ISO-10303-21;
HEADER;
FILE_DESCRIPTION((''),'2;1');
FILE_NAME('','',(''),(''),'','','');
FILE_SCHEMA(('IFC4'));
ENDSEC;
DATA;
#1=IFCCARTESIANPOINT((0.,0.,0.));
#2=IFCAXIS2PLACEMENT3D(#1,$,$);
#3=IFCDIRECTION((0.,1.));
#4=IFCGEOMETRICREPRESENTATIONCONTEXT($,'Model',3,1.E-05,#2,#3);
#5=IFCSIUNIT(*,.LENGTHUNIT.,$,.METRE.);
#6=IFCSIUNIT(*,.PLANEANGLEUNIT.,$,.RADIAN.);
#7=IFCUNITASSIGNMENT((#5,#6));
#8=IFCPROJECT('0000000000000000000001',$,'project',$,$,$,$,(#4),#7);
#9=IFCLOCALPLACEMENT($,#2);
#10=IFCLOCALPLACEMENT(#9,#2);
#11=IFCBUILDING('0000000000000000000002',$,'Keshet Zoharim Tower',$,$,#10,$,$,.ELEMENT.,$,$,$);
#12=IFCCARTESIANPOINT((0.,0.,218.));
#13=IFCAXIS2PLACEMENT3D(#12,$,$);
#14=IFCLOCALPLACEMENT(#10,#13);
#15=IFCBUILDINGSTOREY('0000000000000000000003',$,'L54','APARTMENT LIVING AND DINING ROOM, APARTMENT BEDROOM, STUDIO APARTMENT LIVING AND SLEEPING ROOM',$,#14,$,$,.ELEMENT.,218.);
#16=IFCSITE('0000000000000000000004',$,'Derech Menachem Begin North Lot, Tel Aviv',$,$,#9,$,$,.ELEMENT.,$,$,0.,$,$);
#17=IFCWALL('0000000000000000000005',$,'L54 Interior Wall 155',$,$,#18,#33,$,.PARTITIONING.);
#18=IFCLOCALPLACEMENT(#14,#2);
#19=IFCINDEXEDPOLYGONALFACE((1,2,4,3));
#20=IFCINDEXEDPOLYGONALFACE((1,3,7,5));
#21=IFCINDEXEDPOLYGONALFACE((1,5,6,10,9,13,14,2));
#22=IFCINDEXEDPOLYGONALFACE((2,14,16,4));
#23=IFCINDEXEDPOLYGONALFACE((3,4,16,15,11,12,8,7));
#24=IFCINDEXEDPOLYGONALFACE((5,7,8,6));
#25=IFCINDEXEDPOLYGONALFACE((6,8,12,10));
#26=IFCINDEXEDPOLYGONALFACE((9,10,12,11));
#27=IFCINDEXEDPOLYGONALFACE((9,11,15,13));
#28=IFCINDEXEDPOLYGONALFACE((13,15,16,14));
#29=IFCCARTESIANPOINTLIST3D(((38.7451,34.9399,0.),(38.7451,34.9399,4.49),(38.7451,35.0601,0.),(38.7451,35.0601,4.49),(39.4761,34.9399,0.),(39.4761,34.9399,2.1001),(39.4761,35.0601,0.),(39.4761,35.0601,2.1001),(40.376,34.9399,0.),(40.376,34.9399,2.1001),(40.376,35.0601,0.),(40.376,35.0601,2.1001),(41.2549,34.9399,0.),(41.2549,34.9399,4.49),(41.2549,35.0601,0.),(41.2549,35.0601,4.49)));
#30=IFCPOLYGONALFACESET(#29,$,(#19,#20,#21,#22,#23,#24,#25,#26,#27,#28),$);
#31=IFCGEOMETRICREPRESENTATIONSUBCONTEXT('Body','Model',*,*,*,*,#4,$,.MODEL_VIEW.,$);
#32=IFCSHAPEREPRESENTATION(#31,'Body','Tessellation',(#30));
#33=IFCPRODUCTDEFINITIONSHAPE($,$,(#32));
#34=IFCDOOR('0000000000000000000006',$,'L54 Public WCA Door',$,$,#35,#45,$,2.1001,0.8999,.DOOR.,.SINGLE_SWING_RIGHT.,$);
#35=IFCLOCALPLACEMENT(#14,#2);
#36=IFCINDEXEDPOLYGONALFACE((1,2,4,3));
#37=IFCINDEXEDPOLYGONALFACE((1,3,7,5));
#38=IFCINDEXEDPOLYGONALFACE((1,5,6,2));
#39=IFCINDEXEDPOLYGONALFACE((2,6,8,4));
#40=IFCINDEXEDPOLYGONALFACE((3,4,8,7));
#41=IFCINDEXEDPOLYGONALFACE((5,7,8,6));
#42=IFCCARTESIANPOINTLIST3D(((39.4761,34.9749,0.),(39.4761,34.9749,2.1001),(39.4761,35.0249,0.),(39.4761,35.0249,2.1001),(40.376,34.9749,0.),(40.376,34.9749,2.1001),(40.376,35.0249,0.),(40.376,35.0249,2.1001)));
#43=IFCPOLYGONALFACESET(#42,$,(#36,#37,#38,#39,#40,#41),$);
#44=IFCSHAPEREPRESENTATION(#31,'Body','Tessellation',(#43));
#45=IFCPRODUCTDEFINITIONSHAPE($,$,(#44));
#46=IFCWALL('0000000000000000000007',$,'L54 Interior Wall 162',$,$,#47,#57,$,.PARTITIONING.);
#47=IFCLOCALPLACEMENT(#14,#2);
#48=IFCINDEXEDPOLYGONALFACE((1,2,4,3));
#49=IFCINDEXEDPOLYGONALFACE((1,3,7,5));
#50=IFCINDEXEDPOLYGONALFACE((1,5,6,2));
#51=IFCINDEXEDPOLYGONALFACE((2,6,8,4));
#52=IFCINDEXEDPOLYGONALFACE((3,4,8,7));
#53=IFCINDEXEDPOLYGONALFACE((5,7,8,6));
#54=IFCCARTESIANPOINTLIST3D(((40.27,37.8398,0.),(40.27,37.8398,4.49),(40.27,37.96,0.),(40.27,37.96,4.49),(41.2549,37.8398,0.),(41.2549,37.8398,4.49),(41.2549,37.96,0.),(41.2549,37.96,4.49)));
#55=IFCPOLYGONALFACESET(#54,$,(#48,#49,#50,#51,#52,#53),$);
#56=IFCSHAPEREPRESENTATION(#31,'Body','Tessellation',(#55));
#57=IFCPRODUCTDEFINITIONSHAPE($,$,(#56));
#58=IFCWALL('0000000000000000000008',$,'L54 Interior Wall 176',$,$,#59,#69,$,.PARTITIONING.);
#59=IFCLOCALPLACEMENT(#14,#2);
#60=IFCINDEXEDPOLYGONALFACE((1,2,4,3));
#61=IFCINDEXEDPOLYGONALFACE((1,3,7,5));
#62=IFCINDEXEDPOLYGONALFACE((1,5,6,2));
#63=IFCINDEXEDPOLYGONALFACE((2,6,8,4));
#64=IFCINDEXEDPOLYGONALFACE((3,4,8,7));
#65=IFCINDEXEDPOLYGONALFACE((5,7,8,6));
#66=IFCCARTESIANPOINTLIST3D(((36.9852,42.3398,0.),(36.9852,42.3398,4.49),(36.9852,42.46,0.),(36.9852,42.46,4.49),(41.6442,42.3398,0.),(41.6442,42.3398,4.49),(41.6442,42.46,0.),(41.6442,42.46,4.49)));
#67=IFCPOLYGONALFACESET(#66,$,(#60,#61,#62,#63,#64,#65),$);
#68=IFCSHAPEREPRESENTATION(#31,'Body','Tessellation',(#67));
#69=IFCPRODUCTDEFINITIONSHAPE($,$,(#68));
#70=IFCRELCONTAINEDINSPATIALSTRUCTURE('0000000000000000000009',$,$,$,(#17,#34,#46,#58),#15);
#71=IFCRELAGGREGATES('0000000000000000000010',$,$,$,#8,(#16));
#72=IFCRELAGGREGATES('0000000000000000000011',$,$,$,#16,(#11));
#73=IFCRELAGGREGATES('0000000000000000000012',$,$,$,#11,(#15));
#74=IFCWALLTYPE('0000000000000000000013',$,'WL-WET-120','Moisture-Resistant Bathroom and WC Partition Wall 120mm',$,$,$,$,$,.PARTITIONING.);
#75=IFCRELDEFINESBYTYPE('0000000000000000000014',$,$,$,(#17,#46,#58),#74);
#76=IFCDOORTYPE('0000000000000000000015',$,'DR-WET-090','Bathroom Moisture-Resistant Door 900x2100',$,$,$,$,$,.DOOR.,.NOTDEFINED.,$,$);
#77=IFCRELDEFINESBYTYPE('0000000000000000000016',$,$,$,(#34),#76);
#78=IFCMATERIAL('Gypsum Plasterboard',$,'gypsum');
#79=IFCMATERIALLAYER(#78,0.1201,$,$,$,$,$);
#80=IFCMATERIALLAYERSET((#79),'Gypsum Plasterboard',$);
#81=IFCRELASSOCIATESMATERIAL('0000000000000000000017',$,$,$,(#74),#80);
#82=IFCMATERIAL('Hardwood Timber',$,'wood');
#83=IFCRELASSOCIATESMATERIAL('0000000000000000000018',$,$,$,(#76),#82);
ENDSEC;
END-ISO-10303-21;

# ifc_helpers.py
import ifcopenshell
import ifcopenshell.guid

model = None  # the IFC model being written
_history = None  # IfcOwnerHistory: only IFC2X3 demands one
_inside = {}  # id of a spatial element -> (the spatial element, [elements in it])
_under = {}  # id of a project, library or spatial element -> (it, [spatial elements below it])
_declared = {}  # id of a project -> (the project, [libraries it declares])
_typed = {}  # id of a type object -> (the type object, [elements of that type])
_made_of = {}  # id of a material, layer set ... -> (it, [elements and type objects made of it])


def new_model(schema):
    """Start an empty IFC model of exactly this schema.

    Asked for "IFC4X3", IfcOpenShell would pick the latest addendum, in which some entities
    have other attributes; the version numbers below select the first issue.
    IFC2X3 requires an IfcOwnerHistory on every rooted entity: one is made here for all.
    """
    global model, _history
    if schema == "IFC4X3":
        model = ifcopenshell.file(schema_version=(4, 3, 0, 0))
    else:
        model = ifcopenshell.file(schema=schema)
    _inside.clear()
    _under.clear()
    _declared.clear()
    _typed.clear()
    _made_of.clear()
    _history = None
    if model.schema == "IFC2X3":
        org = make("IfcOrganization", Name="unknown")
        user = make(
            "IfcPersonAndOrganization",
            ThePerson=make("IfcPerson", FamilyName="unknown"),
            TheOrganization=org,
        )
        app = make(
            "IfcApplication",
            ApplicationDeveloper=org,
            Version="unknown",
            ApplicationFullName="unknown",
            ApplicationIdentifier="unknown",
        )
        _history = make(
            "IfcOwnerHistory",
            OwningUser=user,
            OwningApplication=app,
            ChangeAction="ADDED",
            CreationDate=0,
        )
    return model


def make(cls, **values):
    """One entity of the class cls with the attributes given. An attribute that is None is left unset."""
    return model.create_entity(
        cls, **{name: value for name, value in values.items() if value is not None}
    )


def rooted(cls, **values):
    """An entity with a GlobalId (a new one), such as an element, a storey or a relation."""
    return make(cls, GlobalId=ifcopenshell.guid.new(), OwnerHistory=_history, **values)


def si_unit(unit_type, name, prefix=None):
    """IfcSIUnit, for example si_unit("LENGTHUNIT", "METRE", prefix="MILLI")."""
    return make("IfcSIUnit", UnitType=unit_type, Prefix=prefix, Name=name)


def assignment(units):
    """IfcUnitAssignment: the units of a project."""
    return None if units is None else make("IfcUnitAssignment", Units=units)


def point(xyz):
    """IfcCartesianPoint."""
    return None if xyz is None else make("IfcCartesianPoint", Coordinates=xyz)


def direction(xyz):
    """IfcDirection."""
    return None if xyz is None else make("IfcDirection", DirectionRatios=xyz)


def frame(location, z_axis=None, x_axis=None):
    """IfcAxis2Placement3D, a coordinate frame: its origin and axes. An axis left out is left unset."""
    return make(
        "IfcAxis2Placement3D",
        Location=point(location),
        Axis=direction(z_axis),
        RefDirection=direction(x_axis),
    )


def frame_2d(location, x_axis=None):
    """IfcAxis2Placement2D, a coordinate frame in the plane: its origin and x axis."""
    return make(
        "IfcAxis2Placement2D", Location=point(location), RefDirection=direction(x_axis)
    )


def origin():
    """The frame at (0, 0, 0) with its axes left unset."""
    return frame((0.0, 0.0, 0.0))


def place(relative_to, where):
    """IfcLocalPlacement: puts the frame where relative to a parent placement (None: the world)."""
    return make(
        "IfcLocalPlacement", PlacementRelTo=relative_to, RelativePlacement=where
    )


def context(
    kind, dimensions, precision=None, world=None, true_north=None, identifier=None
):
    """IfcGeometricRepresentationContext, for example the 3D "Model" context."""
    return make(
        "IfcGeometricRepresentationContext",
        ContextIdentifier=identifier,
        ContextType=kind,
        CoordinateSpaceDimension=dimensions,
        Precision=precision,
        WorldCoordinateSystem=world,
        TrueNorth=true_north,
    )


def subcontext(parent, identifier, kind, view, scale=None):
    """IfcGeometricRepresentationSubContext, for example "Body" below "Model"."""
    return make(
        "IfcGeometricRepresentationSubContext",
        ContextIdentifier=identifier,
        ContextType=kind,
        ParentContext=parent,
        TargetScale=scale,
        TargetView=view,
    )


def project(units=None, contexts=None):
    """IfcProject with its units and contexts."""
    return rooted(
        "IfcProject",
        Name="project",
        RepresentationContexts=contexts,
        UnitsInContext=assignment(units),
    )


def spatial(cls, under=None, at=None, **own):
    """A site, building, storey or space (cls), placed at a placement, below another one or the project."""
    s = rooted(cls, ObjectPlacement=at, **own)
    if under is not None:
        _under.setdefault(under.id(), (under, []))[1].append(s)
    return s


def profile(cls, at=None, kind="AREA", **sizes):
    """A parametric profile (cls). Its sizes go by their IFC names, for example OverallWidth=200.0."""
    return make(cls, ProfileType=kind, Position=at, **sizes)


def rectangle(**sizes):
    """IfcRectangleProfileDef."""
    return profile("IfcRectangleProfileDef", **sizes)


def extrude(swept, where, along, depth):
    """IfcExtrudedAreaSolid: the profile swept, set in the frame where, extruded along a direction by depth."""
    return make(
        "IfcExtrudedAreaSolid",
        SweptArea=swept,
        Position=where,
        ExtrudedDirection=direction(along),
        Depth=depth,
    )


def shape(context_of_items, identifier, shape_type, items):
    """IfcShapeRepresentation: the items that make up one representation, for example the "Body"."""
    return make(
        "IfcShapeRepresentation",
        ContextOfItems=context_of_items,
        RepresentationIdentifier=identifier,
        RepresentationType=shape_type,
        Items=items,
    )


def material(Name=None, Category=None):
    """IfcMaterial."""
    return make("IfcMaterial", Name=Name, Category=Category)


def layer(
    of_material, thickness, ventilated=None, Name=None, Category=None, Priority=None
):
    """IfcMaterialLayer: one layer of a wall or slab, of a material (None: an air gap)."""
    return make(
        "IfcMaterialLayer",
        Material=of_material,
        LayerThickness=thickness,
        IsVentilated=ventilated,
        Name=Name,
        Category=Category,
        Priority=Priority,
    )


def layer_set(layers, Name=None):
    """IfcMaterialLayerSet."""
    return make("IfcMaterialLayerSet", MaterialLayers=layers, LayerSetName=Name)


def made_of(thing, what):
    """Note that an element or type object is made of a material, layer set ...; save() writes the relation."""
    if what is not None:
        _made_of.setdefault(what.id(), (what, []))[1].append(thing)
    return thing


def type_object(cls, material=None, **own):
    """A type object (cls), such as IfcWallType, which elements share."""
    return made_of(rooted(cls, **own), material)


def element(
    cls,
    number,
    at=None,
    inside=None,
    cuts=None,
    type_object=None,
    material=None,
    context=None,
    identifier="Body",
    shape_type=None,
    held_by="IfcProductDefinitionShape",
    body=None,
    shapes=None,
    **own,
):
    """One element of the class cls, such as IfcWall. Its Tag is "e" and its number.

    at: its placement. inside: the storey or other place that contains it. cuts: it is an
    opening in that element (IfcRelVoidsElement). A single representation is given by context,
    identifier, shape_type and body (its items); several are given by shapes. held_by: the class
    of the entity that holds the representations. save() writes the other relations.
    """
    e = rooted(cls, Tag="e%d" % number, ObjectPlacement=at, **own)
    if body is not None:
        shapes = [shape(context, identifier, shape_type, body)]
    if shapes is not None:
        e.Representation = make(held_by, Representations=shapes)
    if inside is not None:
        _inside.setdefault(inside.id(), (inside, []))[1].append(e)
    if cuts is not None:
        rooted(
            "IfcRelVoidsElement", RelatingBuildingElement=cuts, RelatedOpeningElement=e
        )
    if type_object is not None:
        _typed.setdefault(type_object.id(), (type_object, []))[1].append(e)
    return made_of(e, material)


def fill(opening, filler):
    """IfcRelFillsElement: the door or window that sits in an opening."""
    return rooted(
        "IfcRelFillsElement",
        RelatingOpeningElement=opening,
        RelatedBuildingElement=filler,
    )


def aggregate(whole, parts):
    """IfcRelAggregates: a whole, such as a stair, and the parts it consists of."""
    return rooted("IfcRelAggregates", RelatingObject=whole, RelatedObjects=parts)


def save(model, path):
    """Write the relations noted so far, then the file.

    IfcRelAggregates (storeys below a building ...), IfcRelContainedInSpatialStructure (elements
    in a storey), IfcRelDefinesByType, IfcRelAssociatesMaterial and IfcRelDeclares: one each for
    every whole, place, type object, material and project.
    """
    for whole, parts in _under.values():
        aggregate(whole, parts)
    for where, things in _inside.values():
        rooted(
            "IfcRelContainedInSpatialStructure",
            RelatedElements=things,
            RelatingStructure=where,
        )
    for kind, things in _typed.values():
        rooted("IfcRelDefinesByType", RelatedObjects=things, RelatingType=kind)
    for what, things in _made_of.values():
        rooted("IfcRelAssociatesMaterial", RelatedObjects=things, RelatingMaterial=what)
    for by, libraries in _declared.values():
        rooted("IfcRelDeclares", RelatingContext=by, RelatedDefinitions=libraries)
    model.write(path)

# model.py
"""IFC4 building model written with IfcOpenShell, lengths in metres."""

from ifc_helpers import new_model, si_unit, direction, frame, frame_2d, origin, place, context, subcontext, project, spatial, rectangle, extrude, material, layer, layer_set, type_object, element, fill, save


model = new_model("IFC4")

# Units and contexts
model_context = context("Model", 3, precision=1e-05, world=origin(), true_north=direction((0.0, 1.0)))
body_context = subcontext(model_context, "Body", "Model", "MODEL_VIEW")
ifc_project = project(units=[si_unit("LENGTHUNIT", "METRE"), si_unit("PLANEANGLEUNIT", "RADIAN")], contexts=[model_context])

# Site, building, storey
site_placement = place(None, origin())
site = spatial("IfcSite", under=ifc_project, at=site_placement, Name="Derech Menachem Begin North Lot, Tel Aviv", CompositionType="ELEMENT", RefElevation=0.0)
building_placement = place(site_placement, origin())
building = spatial("IfcBuilding", under=site, at=building_placement, Name="Keshet Zoharim Tower", CompositionType="ELEMENT")
storey_placement = place(building_placement, frame((0.0, 0.0, 218.0)))
storey = spatial("IfcBuildingStorey", under=building, at=storey_placement, Name="L54", Description="APARTMENT LIVING AND DINING ROOM, APARTMENT BEDROOM, STUDIO APARTMENT LIVING AND SLEEPING ROOM", CompositionType="ELEMENT", Elevation=218.0)

# Shared definitions
ifc_material_1 = material(Name="Gypsum Plasterboard", Category="gypsum")

# Shared definitions
ifc_layer_1 = layer(ifc_material_1, 0.1201)
ifc_layer_set_1 = layer_set([ifc_layer_1], Name="Gypsum Plasterboard")
wall_type_1 = type_object("IfcWallType", Name="WL-WET-120", Description="Moisture-Resistant Bathroom and WC Partition Wall 120mm", PredefinedType="PARTITIONING", material=ifc_layer_set_1)
ifc_material_2 = material(Name="Hardwood Timber", Category="wood")
door_type = type_object("IfcDoorType", Name="DR-WET-090", Description="Bathroom Moisture-Resistant Door 900x2100", OperationType="NOTDEFINED", PredefinedType="DOOR", material=ifc_material_2)

# Wall, opening, door
wall_1_placement = place(storey_placement, frame((38.7451, 35.0, 0.0), z_axis=(0.0, 0.0, 1.0), x_axis=(1.0, 0.0, 0.0)))
wall_1 = element("IfcWall", 1, at=wall_1_placement, inside=storey, type_object=wall_type_1, Name="L54 Interior Wall 155", PredefinedType="PARTITIONING", context=body_context, shape_type="SweptSolid", body=[
    extrude(rectangle(XDim=2.5098, YDim=0.1201, at=frame_2d((1.2549, 0.0))), origin(), (0.0, 0.0, 1.0), 4.49),
])
opening_1_placement = place(wall_1_placement, frame((0.731, 0.0, 0.0)))
opening_1 = element("IfcOpeningElement", 2, at=opening_1_placement, cuts=wall_1, PredefinedType="OPENING", context=body_context, shape_type="SweptSolid", body=[
    extrude(rectangle(XDim=0.8999, YDim=2.1001, at=frame_2d((0.45, 1.05))), frame((0.0, 0.0701, 0.0), z_axis=(0.0, -1.0, 0.0), x_axis=(1.0, 0.0, 0.0)), (0.0, 0.0, 1.0), 0.1401),
])
door_1_placement = place(opening_1_placement, origin())
door_1 = element("IfcDoor", 3, at=door_1_placement, inside=storey, type_object=door_type, Name="L54 Public WCA Door", OperationType="SINGLE_SWING_RIGHT", OverallHeight=2.1001, OverallWidth=0.8999, PredefinedType="DOOR", context=body_context, shape_type="SweptSolid", body=[
    extrude(rectangle(XDim=0.8999, YDim=2.1001, at=frame_2d((0.45, 1.05))), frame((0.0, 0.0249, 0.0), z_axis=(0.0, -1.0, 0.0), x_axis=(1.0, 0.0, 0.0)), (0.0, 0.0, 1.0), 0.05),
])
fill(opening_1, door_1)

# Walls
wall_2_placement = place(storey_placement, frame((40.27, 37.8999, 0.0), z_axis=(0.0, 0.0, 1.0), x_axis=(1.0, 0.0, 0.0)))
element("IfcWall", 4, at=wall_2_placement, inside=storey, type_object=wall_type_1, Name="L54 Interior Wall 162", PredefinedType="PARTITIONING", context=body_context, shape_type="SweptSolid", body=[
    extrude(rectangle(XDim=0.9849, YDim=0.1201, at=frame_2d((0.4924, 0.0))), origin(), (0.0, 0.0, 1.0), 4.49),
])
wall_3_placement = place(storey_placement, frame((36.9851, 42.3999, 0.0), z_axis=(0.0, 0.0, 1.0), x_axis=(1.0, 0.0, 0.0)))
element("IfcWall", 5, at=wall_3_placement, inside=storey, type_object=wall_type_1, Name="L54 Interior Wall 176", PredefinedType="PARTITIONING", context=body_context, shape_type="SweptSolid", body=[
    extrude(rectangle(XDim=4.6589, YDim=0.1201, at=frame_2d((2.3296, 0.0))), origin(), (0.0, 0.0, 1.0), 4.49),
])

save(model, "model.ifc")
